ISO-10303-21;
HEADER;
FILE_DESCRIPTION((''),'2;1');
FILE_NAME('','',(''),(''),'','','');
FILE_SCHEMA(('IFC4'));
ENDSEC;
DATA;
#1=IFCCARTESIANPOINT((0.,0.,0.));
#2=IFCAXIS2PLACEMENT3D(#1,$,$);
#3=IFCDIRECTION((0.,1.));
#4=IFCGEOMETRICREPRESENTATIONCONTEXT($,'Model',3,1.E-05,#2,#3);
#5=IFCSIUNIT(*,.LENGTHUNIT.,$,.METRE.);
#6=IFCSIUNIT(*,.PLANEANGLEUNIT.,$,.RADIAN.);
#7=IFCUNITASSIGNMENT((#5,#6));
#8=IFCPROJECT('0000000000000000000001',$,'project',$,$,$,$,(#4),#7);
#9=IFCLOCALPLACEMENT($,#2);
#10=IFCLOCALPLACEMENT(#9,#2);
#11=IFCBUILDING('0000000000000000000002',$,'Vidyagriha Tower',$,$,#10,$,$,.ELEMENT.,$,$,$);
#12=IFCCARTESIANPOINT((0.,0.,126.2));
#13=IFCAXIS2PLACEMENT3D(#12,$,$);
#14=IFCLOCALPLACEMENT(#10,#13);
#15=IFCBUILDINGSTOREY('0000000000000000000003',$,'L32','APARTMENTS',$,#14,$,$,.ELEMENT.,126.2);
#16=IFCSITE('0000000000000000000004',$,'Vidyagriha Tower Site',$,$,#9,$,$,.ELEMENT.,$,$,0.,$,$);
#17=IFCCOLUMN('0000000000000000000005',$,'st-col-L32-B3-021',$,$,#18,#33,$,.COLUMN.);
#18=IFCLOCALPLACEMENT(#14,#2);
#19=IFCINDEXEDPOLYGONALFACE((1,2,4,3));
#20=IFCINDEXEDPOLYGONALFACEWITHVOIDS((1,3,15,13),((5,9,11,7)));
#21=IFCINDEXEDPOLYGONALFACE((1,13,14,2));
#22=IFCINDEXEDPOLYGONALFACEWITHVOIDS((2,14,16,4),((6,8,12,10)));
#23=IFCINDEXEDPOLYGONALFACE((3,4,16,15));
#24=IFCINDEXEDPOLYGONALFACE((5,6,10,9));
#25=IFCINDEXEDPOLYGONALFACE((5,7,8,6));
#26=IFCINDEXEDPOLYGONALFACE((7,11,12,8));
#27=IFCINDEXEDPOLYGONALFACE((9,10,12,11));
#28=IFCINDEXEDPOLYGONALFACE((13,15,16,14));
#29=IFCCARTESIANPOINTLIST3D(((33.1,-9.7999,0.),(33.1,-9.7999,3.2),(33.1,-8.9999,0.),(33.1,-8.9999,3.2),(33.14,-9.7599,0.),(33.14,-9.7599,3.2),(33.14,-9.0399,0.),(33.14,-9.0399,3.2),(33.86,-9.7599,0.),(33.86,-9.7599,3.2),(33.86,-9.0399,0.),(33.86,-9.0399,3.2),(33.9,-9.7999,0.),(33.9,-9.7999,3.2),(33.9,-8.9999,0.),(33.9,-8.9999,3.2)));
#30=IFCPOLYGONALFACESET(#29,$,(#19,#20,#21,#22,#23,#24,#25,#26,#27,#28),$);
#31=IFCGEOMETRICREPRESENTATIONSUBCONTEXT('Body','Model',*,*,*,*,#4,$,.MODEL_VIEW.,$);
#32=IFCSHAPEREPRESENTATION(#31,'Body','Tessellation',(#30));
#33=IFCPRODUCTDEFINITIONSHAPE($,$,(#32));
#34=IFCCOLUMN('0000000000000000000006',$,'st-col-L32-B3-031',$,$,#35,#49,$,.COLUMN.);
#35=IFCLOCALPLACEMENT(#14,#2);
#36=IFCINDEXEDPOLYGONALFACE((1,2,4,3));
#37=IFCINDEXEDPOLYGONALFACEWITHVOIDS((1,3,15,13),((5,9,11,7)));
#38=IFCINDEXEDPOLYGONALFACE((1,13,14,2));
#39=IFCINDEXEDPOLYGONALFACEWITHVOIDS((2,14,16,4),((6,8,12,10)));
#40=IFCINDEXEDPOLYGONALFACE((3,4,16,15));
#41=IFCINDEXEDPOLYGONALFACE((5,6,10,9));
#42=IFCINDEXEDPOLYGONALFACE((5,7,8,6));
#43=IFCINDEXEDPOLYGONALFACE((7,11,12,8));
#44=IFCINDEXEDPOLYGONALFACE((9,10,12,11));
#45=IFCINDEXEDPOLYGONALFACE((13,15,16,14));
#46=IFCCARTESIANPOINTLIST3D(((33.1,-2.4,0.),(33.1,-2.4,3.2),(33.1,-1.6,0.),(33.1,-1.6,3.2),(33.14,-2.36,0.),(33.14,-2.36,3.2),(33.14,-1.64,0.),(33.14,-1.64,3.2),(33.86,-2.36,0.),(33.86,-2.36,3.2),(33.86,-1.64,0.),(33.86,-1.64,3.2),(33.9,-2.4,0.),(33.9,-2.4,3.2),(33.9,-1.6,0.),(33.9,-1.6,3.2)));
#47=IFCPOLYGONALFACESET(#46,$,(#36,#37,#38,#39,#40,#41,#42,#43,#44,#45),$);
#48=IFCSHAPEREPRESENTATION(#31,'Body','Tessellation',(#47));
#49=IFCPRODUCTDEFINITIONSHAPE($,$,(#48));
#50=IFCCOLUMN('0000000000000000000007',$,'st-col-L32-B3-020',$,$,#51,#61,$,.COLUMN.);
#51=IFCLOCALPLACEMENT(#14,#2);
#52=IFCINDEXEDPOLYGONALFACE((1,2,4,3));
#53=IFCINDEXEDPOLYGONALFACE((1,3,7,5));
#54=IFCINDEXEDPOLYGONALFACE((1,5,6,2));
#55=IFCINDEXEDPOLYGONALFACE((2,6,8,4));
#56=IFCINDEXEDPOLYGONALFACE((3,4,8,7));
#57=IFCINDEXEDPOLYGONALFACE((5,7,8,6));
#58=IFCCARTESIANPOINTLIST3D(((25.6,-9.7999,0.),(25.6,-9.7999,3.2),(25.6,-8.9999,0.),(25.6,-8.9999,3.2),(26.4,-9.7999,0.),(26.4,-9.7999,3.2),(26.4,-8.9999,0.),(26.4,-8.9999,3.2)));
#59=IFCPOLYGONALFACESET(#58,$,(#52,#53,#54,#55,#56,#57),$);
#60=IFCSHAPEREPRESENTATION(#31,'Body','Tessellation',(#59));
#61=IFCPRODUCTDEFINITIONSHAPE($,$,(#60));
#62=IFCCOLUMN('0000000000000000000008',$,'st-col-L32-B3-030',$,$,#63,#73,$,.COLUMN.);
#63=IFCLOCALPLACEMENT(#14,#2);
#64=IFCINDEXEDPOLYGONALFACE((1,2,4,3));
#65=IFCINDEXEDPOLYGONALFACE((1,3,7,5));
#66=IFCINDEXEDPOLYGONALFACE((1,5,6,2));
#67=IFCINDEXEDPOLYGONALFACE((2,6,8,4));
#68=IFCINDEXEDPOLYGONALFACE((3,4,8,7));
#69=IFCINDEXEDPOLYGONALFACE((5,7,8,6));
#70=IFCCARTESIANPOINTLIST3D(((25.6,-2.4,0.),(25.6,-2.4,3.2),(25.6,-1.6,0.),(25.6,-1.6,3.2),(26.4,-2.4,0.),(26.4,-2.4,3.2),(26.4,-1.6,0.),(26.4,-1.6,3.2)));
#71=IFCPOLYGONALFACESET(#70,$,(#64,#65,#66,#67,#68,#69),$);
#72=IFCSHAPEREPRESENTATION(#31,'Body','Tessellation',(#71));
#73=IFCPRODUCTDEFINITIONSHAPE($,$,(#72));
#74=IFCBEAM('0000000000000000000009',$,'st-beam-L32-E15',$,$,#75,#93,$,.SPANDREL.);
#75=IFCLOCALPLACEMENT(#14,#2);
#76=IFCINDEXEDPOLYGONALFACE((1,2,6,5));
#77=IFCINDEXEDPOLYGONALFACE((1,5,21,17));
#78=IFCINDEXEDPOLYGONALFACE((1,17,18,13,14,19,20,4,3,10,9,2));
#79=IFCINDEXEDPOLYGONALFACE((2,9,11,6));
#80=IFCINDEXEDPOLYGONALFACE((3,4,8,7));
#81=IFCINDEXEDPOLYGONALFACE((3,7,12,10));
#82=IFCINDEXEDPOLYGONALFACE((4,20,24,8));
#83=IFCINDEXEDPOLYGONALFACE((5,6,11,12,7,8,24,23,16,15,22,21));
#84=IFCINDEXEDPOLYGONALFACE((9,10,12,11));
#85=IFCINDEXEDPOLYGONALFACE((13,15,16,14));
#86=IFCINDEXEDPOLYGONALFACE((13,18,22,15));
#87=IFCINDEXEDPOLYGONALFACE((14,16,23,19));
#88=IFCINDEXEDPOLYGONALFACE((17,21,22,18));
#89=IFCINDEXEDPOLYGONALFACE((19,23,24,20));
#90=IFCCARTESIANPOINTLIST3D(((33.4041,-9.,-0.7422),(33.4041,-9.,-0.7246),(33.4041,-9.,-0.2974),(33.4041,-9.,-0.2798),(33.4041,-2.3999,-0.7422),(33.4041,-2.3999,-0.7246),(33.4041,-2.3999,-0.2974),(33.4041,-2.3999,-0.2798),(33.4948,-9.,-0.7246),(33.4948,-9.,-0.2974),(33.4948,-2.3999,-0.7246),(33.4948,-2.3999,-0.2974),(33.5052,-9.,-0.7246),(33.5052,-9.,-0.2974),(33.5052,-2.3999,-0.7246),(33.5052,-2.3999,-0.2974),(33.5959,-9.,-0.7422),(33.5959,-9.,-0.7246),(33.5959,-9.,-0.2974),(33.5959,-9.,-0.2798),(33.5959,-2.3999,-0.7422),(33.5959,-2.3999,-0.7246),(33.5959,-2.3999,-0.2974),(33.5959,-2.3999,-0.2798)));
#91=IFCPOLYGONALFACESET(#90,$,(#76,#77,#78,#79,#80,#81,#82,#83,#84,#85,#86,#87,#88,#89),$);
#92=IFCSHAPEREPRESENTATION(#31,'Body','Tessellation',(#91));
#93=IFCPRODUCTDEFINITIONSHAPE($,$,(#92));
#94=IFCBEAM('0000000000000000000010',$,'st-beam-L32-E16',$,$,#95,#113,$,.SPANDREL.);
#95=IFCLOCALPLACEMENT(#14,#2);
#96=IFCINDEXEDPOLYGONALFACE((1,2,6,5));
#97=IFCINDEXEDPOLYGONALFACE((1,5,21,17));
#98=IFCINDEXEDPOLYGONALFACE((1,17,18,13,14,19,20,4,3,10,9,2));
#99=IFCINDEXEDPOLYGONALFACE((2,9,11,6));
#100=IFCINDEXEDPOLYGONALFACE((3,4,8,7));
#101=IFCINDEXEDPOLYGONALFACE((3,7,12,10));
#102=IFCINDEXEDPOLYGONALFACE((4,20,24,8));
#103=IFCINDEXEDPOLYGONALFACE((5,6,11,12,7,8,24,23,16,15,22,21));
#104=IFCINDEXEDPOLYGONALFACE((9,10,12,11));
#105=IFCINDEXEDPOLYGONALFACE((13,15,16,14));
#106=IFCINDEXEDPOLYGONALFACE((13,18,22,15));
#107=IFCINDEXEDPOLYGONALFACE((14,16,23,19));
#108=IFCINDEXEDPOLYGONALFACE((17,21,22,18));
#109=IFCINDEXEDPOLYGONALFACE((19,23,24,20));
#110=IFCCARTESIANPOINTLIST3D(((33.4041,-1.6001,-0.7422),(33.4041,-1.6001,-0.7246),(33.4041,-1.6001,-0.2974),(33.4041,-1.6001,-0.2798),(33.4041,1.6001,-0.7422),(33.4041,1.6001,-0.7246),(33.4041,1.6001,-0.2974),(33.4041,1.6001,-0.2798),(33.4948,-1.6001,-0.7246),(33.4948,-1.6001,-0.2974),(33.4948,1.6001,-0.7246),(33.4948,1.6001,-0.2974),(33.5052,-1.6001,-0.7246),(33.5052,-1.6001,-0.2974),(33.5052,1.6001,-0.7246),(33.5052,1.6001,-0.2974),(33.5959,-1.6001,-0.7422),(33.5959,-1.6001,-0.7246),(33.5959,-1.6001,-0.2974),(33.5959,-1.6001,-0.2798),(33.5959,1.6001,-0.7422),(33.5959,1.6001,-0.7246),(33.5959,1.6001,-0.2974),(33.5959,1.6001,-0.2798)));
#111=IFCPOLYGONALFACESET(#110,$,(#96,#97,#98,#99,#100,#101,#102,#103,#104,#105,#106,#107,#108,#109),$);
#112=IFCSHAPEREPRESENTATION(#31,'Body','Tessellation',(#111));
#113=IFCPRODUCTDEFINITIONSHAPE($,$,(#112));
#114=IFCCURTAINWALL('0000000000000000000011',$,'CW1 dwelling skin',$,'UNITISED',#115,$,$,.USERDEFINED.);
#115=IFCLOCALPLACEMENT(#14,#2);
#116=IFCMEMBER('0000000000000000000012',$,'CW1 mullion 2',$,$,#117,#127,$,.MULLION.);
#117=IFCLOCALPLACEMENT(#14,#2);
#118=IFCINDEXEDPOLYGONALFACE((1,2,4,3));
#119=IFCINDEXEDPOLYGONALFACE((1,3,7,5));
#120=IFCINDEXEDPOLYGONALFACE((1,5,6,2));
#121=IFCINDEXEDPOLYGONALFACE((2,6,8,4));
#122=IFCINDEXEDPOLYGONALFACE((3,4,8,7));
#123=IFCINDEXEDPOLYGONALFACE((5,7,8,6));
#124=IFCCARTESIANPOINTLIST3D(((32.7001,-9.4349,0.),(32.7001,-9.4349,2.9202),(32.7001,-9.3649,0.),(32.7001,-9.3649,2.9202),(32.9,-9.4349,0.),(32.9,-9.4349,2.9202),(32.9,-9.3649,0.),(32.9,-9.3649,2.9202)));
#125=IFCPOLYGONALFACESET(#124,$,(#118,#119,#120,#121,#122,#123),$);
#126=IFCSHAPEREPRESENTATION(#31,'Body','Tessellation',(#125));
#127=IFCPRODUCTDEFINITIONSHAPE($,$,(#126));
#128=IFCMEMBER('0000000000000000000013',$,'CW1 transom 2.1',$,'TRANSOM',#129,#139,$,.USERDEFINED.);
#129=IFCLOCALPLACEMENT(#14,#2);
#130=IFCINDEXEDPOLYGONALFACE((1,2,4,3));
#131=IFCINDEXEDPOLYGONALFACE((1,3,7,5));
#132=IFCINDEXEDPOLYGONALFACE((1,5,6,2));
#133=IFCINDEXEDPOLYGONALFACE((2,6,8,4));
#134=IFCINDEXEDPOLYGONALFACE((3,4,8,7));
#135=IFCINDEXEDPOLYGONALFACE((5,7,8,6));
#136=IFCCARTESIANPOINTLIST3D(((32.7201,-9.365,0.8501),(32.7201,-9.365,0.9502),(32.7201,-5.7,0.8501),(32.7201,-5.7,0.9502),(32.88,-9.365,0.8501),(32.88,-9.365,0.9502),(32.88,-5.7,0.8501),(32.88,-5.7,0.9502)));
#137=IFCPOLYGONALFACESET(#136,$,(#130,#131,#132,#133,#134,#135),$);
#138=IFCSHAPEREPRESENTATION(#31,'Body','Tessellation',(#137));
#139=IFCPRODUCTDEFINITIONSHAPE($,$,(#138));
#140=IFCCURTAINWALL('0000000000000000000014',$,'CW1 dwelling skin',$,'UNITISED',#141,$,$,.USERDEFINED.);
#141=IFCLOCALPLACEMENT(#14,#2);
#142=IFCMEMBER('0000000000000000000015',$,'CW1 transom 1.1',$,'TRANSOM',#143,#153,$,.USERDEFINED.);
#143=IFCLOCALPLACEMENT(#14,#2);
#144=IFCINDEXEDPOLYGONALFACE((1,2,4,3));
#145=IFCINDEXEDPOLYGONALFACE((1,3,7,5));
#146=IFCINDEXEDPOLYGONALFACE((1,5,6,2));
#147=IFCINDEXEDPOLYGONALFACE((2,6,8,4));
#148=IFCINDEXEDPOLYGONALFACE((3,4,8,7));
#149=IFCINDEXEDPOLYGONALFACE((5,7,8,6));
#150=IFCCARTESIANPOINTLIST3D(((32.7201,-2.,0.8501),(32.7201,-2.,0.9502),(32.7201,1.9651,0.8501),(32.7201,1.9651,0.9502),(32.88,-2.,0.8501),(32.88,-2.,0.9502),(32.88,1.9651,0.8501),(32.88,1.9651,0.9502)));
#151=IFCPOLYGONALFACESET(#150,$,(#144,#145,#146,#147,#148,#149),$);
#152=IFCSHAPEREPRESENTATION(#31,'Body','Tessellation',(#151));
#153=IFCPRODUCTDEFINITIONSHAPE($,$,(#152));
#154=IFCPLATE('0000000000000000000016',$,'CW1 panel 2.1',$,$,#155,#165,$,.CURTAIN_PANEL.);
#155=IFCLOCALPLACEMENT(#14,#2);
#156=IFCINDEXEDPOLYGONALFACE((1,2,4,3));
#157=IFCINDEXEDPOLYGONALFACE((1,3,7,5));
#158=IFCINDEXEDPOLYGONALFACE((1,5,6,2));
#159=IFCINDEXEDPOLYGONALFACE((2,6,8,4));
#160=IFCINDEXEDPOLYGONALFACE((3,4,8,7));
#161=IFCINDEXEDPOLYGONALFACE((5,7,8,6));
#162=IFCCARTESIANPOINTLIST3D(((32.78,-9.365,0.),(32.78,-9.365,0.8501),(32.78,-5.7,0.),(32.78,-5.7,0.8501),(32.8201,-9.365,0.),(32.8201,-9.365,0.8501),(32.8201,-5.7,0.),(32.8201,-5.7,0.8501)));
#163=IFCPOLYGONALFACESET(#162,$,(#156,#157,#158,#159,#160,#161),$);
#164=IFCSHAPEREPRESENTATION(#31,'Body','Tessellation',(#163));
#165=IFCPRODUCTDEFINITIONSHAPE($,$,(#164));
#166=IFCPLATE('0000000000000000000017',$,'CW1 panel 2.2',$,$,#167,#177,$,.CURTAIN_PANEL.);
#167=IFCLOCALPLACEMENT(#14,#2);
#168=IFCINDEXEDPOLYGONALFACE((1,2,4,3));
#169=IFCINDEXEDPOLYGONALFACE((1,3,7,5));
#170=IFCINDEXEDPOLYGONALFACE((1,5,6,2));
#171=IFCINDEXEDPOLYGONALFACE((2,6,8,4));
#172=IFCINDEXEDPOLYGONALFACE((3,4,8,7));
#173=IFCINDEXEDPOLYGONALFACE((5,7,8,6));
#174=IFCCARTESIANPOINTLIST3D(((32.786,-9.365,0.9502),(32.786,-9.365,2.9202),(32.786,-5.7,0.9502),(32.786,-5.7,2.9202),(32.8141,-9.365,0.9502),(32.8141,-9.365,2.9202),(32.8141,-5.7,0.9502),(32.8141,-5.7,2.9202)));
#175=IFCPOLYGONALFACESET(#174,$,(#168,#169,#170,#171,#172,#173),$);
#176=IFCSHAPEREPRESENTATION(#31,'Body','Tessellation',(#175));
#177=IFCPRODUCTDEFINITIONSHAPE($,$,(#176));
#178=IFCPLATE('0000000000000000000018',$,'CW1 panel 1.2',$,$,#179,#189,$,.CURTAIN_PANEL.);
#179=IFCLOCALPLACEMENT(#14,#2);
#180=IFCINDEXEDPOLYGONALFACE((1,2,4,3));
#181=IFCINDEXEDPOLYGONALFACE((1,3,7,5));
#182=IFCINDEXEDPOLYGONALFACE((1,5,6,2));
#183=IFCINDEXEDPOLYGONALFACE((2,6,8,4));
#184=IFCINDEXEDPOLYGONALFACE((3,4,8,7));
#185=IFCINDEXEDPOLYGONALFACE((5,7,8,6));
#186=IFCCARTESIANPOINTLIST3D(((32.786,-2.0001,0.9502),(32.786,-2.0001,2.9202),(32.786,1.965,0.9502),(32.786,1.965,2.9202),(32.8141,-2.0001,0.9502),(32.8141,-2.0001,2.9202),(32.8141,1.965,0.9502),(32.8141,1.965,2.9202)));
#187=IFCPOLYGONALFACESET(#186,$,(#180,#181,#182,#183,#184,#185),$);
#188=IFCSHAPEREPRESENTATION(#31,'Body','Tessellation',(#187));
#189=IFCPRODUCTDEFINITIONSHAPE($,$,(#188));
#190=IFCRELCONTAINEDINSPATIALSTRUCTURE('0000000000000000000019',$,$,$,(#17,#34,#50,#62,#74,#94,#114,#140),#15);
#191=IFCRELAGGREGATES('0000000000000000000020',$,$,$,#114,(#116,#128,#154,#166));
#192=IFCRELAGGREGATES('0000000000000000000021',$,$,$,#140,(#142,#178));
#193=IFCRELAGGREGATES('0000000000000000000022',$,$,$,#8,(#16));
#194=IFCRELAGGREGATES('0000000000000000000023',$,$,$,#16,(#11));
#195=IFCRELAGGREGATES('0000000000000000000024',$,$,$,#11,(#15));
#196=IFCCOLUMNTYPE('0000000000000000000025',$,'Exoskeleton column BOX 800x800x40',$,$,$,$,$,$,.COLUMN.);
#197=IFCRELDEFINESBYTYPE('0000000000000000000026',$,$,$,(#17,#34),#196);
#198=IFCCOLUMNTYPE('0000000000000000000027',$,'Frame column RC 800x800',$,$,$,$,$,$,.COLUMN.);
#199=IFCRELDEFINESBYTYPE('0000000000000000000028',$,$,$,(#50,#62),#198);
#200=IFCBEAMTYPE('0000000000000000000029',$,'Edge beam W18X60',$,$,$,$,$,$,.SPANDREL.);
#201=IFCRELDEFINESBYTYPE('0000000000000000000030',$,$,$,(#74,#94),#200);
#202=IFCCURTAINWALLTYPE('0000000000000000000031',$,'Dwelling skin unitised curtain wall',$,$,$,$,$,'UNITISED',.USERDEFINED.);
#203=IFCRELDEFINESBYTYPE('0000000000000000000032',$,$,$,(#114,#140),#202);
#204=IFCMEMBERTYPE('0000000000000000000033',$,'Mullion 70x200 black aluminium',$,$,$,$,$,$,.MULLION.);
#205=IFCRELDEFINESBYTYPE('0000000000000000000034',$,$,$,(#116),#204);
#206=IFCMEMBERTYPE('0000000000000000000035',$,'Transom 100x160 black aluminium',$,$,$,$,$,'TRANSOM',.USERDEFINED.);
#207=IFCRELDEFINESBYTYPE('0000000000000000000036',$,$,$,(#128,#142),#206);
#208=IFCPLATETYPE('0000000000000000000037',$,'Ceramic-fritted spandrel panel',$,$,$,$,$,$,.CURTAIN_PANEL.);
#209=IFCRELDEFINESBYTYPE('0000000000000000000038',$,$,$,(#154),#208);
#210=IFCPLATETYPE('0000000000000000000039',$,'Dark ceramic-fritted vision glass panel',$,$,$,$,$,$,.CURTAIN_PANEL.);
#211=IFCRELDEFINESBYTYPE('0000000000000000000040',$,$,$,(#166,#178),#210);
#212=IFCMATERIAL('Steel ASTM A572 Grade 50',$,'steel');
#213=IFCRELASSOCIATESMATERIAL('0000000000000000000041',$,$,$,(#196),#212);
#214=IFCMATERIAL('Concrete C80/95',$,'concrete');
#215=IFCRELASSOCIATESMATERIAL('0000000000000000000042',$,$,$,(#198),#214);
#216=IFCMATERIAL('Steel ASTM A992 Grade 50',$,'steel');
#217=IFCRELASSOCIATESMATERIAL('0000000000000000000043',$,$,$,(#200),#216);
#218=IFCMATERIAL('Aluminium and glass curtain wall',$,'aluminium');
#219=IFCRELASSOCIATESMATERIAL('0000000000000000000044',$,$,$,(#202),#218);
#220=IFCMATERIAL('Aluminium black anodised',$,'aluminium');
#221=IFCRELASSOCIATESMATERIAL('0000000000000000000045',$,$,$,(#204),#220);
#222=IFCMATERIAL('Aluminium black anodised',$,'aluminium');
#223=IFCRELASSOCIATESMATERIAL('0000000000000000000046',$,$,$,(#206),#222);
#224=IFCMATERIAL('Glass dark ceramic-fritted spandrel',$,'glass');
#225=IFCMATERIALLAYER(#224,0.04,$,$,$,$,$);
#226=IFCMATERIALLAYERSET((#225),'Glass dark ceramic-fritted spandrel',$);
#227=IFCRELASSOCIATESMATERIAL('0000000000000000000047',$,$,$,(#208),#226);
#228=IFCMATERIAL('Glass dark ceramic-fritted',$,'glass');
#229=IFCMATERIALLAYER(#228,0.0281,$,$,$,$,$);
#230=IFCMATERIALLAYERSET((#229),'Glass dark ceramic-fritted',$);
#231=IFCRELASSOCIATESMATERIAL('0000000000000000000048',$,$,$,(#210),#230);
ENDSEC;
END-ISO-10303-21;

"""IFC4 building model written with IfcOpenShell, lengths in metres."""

from ifc_helpers import new_model, si_unit, direction, frame, origin, origin_2d, place, context, subcontext, project, spatial, rectangle, hollow_rectangle, i_section, extrude, material, layer, layer_set, material_profile, profile_set, type_object, element, aggregate, save


model = new_model("IFC4")

# Units and contexts
model_context = context("Model", 3, precision=1e-05, world=origin(), true_north=direction((0.0, 1.0)))
body_context = subcontext(model_context, "Body", "Model", "MODEL_VIEW")
ifc_project = project(units=[si_unit("LENGTHUNIT", "METRE"), si_unit("PLANEANGLEUNIT", "RADIAN")], contexts=[model_context])

# Site, building, storey
site_placement = place(None, origin())
site = spatial("IfcSite", under=ifc_project, at=site_placement, Name="Vidyagriha Tower Site", CompositionType="ELEMENT", RefElevation=0.0)
building_placement = place(site_placement, origin())
building = spatial("IfcBuilding", under=site, at=building_placement, Name="Vidyagriha Tower", CompositionType="ELEMENT")
storey_placement = place(building_placement, frame((0.0, 0.0, 126.2)))
storey = spatial("IfcBuildingStorey", under=building, at=storey_placement, Name="L32", Description="APARTMENTS", CompositionType="ELEMENT", Elevation=126.2)

# Columns
ifc_material_1 = material(Name="Steel ASTM A572 Grade 50", Category="steel")
ifc_material_profile_1 = material_profile(ifc_material_1, hollow_rectangle(XDim=0.8, YDim=0.8, WallThickness=0.04, at=origin_2d()), Name="BOX 800x800x40")
ifc_profile_set_1 = profile_set([ifc_material_profile_1], Name="Steel ASTM A572 Grade 50")
column_type_1 = type_object("IfcColumnType", Name="Exoskeleton column BOX 800x800x40", PredefinedType="COLUMN", material=ifc_profile_set_1)
for number, where, name in (
    (1, (33.5, -9.3999, 0.0), "st-col-L32-B3-021"),
    (2, (33.5, -2.0, 0.0), "st-col-L32-B3-031"),
):
    element("IfcColumn", number, at=place(storey_placement, frame(where)), inside=storey, type_object=column_type_1, Name=name, PredefinedType="COLUMN", context=body_context, shape_type="SweptSolid", body=[
        extrude(hollow_rectangle(XDim=0.8, YDim=0.8, WallThickness=0.04, at=origin_2d()), origin(), (0.0, 0.0, 1.0), 3.2),
    ])
ifc_material_2 = material(Name="Concrete C80/95", Category="concrete")
ifc_material_profile_2 = material_profile(ifc_material_2, rectangle(XDim=0.8, YDim=0.8, at=origin_2d()), Name="RC 800x800")
ifc_profile_set_2 = profile_set([ifc_material_profile_2], Name="Concrete C80/95")
column_type_2 = type_object("IfcColumnType", Name="Frame column RC 800x800", PredefinedType="COLUMN", material=ifc_profile_set_2)
for number, where, name in (
    (3, (26.0, -9.3999, 0.0), "st-col-L32-B3-020"),
    (4, (26.0, -2.0, 0.0), "st-col-L32-B3-030"),
):
    element("IfcColumn", number, at=place(storey_placement, frame(where)), inside=storey, type_object=column_type_2, Name=name, PredefinedType="COLUMN", context=body_context, shape_type="SweptSolid", body=[
        extrude(rectangle(XDim=0.8, YDim=0.8, at=origin_2d()), origin(), (0.0, 0.0, 1.0), 3.2),
    ])

# Beams
ifc_material_3 = material(Name="Steel ASTM A992 Grade 50", Category="steel")
ifc_material_profile_3 = material_profile(ifc_material_3, i_section(OverallWidth=0.1919, OverallDepth=0.4624, WebThickness=0.0105, FlangeThickness=0.0176, at=origin_2d()), Name="W18X60")
ifc_profile_set_3 = profile_set([ifc_material_profile_3], Name="Steel ASTM A992 Grade 50")
beam_type = type_object("IfcBeamType", Name="Edge beam W18X60", PredefinedType="SPANDREL", material=ifc_profile_set_3)
beam_1_placement = place(storey_placement, frame((33.5, -9.0, -0.511), z_axis=(0.0, 1.0, 0.0), x_axis=(-1.0, 0.0, 0.0)))
element("IfcBeam", 5, at=beam_1_placement, inside=storey, type_object=beam_type, Name="st-beam-L32-E15", PredefinedType="SPANDREL", context=body_context, shape_type="SweptSolid", body=[
    extrude(i_section(OverallWidth=0.1919, OverallDepth=0.4624, WebThickness=0.0105, FlangeThickness=0.0176, at=origin_2d()), origin(), (0.0, 0.0, 1.0), 6.6001),
])
beam_2_placement = place(storey_placement, frame((33.5, -1.6001, -0.511), z_axis=(0.0, 1.0, 0.0), x_axis=(-1.0, 0.0, 0.0)))
element("IfcBeam", 6, at=beam_2_placement, inside=storey, type_object=beam_type, Name="st-beam-L32-E16", PredefinedType="SPANDREL", context=body_context, shape_type="SweptSolid", body=[
    extrude(i_section(OverallWidth=0.1919, OverallDepth=0.4624, WebThickness=0.0105, FlangeThickness=0.0176, at=origin_2d()), origin(), (0.0, 0.0, 1.0), 3.2002),
])

# Curtain wall, members
ifc_material_4 = material(Name="Aluminium and glass curtain wall", Category="aluminium")
curtain_wall_type = type_object("IfcCurtainWallType", Name="Dwelling skin unitised curtain wall", ElementType="UNITISED", PredefinedType="USERDEFINED", material=ifc_material_4)
curtain_wall_1_placement = place(storey_placement, origin())
curtain_wall_1 = element("IfcCurtainWall", 7, at=curtain_wall_1_placement, inside=storey, type_object=curtain_wall_type, Name="CW1 dwelling skin", ObjectType="UNITISED", PredefinedType="USERDEFINED")
ifc_material_5 = material(Name="Aluminium black anodised", Category="aluminium")
ifc_material_profile_4 = material_profile(ifc_material_5, rectangle(XDim=0.2, YDim=0.0701, at=origin_2d()), Name="Mullion 70x200 black aluminium")
ifc_profile_set_4 = profile_set([ifc_material_profile_4], Name="Aluminium black anodised")
member_type_1 = type_object("IfcMemberType", Name="Mullion 70x200 black aluminium", PredefinedType="MULLION", material=ifc_profile_set_4)
member_1_placement = place(storey_placement, frame((32.8, -9.3999, 0.0), z_axis=(0.0, 0.0, 1.0), x_axis=(-1.0, 0.0, 0.0)))
member_1 = element("IfcMember", 8, at=member_1_placement, type_object=member_type_1, Name="CW1 mullion 2", PredefinedType="MULLION", context=body_context, shape_type="SweptSolid", body=[
    extrude(rectangle(XDim=0.2, YDim=0.0701, at=origin_2d()), origin(), (0.0, 0.0, 1.0), 2.9202),
])
ifc_material_6 = material(Name="Aluminium black anodised", Category="aluminium")
ifc_material_profile_5 = material_profile(ifc_material_6, rectangle(XDim=0.1599, YDim=0.1001, at=origin_2d()), Name="Transom 100x160 black aluminium")
ifc_profile_set_5 = profile_set([ifc_material_profile_5], Name="Aluminium black anodised")
member_type_2 = type_object("IfcMemberType", Name="Transom 100x160 black aluminium", ElementType="TRANSOM", PredefinedType="USERDEFINED", material=ifc_profile_set_5)
member_2_placement = place(storey_placement, frame((32.8, -9.365, 0.9001), z_axis=(0.0, 1.0, 0.0), x_axis=(-1.0, 0.0, 0.0)))
member_2 = element("IfcMember", 9, at=member_2_placement, type_object=member_type_2, Name="CW1 transom 2.1", ObjectType="TRANSOM", PredefinedType="USERDEFINED", context=body_context, shape_type="SweptSolid", body=[
    extrude(rectangle(XDim=0.1599, YDim=0.1001, at=origin_2d()), origin(), (0.0, 0.0, 1.0), 3.665),
])

# Curtain wall, member
curtain_wall_2_placement = place(storey_placement, origin())
curtain_wall_2 = element("IfcCurtainWall", 10, at=curtain_wall_2_placement, inside=storey, type_object=curtain_wall_type, Name="CW1 dwelling skin", ObjectType="UNITISED", PredefinedType="USERDEFINED")
member_3_placement = place(storey_placement, frame((32.8, -2.0, 0.9001), z_axis=(0.0, 1.0, 0.0), x_axis=(-1.0, 0.0, 0.0)))
member_3 = element("IfcMember", 11, at=member_3_placement, type_object=member_type_2, Name="CW1 transom 1.1", ObjectType="TRANSOM", PredefinedType="USERDEFINED", context=body_context, shape_type="SweptSolid", body=[
    extrude(rectangle(XDim=0.1599, YDim=0.1001, at=origin_2d()), origin(), (0.0, 0.0, 1.0), 3.9651),
])

# Plates
ifc_material_7 = material(Name="Glass dark ceramic-fritted spandrel", Category="glass")
ifc_layer_1 = layer(ifc_material_7, 0.04)
ifc_layer_set_1 = layer_set([ifc_layer_1], Name="Glass dark ceramic-fritted spandrel")
plate_type_1 = type_object("IfcPlateType", Name="Ceramic-fritted spandrel panel", PredefinedType="CURTAIN_PANEL", material=ifc_layer_set_1)
plate_1_placement = place(storey_placement, frame((32.8, -7.5325, 0.0), z_axis=(0.0, 0.0, 1.0), x_axis=(0.0, 1.0, 0.0)))
plate_1 = element("IfcPlate", 12, at=plate_1_placement, type_object=plate_type_1, Name="CW1 panel 2.1", PredefinedType="CURTAIN_PANEL", context=body_context, shape_type="SweptSolid", body=[
    extrude(rectangle(XDim=3.665, YDim=0.04, at=origin_2d()), origin(), (0.0, 0.0, 1.0), 0.8501),
])
ifc_material_8 = material(Name="Glass dark ceramic-fritted", Category="glass")
ifc_layer_2 = layer(ifc_material_8, 0.0281)
ifc_layer_set_2 = layer_set([ifc_layer_2], Name="Glass dark ceramic-fritted")
plate_type_2 = type_object("IfcPlateType", Name="Dark ceramic-fritted vision glass panel", PredefinedType="CURTAIN_PANEL", material=ifc_layer_set_2)
plate_2_placement = place(storey_placement, frame((32.8, -7.5325, 0.9502), z_axis=(0.0, 0.0, 1.0), x_axis=(0.0, 1.0, 0.0)))
plate_2 = element("IfcPlate", 13, at=plate_2_placement, type_object=plate_type_2, Name="CW1 panel 2.2", PredefinedType="CURTAIN_PANEL", context=body_context, shape_type="SweptSolid", body=[
    extrude(rectangle(XDim=3.665, YDim=0.0281, at=origin_2d()), origin(), (0.0, 0.0, 1.0), 1.97),
])
aggregate(curtain_wall_1, [member_1, member_2, plate_1, plate_2])
plate_3_placement = place(storey_placement, frame((32.8, -0.0176, 0.9502), z_axis=(0.0, 0.0, 1.0), x_axis=(0.0, 1.0, 0.0)))
plate_3 = element("IfcPlate", 14, at=plate_3_placement, type_object=plate_type_2, Name="CW1 panel 1.2", PredefinedType="CURTAIN_PANEL", context=body_context, shape_type="SweptSolid", body=[
    extrude(rectangle(XDim=3.9651, YDim=0.0281, at=origin_2d()), origin(), (0.0, 0.0, 1.0), 1.97),
])
aggregate(curtain_wall_2, [member_3, plate_3])

save(model, "model.ifc")
